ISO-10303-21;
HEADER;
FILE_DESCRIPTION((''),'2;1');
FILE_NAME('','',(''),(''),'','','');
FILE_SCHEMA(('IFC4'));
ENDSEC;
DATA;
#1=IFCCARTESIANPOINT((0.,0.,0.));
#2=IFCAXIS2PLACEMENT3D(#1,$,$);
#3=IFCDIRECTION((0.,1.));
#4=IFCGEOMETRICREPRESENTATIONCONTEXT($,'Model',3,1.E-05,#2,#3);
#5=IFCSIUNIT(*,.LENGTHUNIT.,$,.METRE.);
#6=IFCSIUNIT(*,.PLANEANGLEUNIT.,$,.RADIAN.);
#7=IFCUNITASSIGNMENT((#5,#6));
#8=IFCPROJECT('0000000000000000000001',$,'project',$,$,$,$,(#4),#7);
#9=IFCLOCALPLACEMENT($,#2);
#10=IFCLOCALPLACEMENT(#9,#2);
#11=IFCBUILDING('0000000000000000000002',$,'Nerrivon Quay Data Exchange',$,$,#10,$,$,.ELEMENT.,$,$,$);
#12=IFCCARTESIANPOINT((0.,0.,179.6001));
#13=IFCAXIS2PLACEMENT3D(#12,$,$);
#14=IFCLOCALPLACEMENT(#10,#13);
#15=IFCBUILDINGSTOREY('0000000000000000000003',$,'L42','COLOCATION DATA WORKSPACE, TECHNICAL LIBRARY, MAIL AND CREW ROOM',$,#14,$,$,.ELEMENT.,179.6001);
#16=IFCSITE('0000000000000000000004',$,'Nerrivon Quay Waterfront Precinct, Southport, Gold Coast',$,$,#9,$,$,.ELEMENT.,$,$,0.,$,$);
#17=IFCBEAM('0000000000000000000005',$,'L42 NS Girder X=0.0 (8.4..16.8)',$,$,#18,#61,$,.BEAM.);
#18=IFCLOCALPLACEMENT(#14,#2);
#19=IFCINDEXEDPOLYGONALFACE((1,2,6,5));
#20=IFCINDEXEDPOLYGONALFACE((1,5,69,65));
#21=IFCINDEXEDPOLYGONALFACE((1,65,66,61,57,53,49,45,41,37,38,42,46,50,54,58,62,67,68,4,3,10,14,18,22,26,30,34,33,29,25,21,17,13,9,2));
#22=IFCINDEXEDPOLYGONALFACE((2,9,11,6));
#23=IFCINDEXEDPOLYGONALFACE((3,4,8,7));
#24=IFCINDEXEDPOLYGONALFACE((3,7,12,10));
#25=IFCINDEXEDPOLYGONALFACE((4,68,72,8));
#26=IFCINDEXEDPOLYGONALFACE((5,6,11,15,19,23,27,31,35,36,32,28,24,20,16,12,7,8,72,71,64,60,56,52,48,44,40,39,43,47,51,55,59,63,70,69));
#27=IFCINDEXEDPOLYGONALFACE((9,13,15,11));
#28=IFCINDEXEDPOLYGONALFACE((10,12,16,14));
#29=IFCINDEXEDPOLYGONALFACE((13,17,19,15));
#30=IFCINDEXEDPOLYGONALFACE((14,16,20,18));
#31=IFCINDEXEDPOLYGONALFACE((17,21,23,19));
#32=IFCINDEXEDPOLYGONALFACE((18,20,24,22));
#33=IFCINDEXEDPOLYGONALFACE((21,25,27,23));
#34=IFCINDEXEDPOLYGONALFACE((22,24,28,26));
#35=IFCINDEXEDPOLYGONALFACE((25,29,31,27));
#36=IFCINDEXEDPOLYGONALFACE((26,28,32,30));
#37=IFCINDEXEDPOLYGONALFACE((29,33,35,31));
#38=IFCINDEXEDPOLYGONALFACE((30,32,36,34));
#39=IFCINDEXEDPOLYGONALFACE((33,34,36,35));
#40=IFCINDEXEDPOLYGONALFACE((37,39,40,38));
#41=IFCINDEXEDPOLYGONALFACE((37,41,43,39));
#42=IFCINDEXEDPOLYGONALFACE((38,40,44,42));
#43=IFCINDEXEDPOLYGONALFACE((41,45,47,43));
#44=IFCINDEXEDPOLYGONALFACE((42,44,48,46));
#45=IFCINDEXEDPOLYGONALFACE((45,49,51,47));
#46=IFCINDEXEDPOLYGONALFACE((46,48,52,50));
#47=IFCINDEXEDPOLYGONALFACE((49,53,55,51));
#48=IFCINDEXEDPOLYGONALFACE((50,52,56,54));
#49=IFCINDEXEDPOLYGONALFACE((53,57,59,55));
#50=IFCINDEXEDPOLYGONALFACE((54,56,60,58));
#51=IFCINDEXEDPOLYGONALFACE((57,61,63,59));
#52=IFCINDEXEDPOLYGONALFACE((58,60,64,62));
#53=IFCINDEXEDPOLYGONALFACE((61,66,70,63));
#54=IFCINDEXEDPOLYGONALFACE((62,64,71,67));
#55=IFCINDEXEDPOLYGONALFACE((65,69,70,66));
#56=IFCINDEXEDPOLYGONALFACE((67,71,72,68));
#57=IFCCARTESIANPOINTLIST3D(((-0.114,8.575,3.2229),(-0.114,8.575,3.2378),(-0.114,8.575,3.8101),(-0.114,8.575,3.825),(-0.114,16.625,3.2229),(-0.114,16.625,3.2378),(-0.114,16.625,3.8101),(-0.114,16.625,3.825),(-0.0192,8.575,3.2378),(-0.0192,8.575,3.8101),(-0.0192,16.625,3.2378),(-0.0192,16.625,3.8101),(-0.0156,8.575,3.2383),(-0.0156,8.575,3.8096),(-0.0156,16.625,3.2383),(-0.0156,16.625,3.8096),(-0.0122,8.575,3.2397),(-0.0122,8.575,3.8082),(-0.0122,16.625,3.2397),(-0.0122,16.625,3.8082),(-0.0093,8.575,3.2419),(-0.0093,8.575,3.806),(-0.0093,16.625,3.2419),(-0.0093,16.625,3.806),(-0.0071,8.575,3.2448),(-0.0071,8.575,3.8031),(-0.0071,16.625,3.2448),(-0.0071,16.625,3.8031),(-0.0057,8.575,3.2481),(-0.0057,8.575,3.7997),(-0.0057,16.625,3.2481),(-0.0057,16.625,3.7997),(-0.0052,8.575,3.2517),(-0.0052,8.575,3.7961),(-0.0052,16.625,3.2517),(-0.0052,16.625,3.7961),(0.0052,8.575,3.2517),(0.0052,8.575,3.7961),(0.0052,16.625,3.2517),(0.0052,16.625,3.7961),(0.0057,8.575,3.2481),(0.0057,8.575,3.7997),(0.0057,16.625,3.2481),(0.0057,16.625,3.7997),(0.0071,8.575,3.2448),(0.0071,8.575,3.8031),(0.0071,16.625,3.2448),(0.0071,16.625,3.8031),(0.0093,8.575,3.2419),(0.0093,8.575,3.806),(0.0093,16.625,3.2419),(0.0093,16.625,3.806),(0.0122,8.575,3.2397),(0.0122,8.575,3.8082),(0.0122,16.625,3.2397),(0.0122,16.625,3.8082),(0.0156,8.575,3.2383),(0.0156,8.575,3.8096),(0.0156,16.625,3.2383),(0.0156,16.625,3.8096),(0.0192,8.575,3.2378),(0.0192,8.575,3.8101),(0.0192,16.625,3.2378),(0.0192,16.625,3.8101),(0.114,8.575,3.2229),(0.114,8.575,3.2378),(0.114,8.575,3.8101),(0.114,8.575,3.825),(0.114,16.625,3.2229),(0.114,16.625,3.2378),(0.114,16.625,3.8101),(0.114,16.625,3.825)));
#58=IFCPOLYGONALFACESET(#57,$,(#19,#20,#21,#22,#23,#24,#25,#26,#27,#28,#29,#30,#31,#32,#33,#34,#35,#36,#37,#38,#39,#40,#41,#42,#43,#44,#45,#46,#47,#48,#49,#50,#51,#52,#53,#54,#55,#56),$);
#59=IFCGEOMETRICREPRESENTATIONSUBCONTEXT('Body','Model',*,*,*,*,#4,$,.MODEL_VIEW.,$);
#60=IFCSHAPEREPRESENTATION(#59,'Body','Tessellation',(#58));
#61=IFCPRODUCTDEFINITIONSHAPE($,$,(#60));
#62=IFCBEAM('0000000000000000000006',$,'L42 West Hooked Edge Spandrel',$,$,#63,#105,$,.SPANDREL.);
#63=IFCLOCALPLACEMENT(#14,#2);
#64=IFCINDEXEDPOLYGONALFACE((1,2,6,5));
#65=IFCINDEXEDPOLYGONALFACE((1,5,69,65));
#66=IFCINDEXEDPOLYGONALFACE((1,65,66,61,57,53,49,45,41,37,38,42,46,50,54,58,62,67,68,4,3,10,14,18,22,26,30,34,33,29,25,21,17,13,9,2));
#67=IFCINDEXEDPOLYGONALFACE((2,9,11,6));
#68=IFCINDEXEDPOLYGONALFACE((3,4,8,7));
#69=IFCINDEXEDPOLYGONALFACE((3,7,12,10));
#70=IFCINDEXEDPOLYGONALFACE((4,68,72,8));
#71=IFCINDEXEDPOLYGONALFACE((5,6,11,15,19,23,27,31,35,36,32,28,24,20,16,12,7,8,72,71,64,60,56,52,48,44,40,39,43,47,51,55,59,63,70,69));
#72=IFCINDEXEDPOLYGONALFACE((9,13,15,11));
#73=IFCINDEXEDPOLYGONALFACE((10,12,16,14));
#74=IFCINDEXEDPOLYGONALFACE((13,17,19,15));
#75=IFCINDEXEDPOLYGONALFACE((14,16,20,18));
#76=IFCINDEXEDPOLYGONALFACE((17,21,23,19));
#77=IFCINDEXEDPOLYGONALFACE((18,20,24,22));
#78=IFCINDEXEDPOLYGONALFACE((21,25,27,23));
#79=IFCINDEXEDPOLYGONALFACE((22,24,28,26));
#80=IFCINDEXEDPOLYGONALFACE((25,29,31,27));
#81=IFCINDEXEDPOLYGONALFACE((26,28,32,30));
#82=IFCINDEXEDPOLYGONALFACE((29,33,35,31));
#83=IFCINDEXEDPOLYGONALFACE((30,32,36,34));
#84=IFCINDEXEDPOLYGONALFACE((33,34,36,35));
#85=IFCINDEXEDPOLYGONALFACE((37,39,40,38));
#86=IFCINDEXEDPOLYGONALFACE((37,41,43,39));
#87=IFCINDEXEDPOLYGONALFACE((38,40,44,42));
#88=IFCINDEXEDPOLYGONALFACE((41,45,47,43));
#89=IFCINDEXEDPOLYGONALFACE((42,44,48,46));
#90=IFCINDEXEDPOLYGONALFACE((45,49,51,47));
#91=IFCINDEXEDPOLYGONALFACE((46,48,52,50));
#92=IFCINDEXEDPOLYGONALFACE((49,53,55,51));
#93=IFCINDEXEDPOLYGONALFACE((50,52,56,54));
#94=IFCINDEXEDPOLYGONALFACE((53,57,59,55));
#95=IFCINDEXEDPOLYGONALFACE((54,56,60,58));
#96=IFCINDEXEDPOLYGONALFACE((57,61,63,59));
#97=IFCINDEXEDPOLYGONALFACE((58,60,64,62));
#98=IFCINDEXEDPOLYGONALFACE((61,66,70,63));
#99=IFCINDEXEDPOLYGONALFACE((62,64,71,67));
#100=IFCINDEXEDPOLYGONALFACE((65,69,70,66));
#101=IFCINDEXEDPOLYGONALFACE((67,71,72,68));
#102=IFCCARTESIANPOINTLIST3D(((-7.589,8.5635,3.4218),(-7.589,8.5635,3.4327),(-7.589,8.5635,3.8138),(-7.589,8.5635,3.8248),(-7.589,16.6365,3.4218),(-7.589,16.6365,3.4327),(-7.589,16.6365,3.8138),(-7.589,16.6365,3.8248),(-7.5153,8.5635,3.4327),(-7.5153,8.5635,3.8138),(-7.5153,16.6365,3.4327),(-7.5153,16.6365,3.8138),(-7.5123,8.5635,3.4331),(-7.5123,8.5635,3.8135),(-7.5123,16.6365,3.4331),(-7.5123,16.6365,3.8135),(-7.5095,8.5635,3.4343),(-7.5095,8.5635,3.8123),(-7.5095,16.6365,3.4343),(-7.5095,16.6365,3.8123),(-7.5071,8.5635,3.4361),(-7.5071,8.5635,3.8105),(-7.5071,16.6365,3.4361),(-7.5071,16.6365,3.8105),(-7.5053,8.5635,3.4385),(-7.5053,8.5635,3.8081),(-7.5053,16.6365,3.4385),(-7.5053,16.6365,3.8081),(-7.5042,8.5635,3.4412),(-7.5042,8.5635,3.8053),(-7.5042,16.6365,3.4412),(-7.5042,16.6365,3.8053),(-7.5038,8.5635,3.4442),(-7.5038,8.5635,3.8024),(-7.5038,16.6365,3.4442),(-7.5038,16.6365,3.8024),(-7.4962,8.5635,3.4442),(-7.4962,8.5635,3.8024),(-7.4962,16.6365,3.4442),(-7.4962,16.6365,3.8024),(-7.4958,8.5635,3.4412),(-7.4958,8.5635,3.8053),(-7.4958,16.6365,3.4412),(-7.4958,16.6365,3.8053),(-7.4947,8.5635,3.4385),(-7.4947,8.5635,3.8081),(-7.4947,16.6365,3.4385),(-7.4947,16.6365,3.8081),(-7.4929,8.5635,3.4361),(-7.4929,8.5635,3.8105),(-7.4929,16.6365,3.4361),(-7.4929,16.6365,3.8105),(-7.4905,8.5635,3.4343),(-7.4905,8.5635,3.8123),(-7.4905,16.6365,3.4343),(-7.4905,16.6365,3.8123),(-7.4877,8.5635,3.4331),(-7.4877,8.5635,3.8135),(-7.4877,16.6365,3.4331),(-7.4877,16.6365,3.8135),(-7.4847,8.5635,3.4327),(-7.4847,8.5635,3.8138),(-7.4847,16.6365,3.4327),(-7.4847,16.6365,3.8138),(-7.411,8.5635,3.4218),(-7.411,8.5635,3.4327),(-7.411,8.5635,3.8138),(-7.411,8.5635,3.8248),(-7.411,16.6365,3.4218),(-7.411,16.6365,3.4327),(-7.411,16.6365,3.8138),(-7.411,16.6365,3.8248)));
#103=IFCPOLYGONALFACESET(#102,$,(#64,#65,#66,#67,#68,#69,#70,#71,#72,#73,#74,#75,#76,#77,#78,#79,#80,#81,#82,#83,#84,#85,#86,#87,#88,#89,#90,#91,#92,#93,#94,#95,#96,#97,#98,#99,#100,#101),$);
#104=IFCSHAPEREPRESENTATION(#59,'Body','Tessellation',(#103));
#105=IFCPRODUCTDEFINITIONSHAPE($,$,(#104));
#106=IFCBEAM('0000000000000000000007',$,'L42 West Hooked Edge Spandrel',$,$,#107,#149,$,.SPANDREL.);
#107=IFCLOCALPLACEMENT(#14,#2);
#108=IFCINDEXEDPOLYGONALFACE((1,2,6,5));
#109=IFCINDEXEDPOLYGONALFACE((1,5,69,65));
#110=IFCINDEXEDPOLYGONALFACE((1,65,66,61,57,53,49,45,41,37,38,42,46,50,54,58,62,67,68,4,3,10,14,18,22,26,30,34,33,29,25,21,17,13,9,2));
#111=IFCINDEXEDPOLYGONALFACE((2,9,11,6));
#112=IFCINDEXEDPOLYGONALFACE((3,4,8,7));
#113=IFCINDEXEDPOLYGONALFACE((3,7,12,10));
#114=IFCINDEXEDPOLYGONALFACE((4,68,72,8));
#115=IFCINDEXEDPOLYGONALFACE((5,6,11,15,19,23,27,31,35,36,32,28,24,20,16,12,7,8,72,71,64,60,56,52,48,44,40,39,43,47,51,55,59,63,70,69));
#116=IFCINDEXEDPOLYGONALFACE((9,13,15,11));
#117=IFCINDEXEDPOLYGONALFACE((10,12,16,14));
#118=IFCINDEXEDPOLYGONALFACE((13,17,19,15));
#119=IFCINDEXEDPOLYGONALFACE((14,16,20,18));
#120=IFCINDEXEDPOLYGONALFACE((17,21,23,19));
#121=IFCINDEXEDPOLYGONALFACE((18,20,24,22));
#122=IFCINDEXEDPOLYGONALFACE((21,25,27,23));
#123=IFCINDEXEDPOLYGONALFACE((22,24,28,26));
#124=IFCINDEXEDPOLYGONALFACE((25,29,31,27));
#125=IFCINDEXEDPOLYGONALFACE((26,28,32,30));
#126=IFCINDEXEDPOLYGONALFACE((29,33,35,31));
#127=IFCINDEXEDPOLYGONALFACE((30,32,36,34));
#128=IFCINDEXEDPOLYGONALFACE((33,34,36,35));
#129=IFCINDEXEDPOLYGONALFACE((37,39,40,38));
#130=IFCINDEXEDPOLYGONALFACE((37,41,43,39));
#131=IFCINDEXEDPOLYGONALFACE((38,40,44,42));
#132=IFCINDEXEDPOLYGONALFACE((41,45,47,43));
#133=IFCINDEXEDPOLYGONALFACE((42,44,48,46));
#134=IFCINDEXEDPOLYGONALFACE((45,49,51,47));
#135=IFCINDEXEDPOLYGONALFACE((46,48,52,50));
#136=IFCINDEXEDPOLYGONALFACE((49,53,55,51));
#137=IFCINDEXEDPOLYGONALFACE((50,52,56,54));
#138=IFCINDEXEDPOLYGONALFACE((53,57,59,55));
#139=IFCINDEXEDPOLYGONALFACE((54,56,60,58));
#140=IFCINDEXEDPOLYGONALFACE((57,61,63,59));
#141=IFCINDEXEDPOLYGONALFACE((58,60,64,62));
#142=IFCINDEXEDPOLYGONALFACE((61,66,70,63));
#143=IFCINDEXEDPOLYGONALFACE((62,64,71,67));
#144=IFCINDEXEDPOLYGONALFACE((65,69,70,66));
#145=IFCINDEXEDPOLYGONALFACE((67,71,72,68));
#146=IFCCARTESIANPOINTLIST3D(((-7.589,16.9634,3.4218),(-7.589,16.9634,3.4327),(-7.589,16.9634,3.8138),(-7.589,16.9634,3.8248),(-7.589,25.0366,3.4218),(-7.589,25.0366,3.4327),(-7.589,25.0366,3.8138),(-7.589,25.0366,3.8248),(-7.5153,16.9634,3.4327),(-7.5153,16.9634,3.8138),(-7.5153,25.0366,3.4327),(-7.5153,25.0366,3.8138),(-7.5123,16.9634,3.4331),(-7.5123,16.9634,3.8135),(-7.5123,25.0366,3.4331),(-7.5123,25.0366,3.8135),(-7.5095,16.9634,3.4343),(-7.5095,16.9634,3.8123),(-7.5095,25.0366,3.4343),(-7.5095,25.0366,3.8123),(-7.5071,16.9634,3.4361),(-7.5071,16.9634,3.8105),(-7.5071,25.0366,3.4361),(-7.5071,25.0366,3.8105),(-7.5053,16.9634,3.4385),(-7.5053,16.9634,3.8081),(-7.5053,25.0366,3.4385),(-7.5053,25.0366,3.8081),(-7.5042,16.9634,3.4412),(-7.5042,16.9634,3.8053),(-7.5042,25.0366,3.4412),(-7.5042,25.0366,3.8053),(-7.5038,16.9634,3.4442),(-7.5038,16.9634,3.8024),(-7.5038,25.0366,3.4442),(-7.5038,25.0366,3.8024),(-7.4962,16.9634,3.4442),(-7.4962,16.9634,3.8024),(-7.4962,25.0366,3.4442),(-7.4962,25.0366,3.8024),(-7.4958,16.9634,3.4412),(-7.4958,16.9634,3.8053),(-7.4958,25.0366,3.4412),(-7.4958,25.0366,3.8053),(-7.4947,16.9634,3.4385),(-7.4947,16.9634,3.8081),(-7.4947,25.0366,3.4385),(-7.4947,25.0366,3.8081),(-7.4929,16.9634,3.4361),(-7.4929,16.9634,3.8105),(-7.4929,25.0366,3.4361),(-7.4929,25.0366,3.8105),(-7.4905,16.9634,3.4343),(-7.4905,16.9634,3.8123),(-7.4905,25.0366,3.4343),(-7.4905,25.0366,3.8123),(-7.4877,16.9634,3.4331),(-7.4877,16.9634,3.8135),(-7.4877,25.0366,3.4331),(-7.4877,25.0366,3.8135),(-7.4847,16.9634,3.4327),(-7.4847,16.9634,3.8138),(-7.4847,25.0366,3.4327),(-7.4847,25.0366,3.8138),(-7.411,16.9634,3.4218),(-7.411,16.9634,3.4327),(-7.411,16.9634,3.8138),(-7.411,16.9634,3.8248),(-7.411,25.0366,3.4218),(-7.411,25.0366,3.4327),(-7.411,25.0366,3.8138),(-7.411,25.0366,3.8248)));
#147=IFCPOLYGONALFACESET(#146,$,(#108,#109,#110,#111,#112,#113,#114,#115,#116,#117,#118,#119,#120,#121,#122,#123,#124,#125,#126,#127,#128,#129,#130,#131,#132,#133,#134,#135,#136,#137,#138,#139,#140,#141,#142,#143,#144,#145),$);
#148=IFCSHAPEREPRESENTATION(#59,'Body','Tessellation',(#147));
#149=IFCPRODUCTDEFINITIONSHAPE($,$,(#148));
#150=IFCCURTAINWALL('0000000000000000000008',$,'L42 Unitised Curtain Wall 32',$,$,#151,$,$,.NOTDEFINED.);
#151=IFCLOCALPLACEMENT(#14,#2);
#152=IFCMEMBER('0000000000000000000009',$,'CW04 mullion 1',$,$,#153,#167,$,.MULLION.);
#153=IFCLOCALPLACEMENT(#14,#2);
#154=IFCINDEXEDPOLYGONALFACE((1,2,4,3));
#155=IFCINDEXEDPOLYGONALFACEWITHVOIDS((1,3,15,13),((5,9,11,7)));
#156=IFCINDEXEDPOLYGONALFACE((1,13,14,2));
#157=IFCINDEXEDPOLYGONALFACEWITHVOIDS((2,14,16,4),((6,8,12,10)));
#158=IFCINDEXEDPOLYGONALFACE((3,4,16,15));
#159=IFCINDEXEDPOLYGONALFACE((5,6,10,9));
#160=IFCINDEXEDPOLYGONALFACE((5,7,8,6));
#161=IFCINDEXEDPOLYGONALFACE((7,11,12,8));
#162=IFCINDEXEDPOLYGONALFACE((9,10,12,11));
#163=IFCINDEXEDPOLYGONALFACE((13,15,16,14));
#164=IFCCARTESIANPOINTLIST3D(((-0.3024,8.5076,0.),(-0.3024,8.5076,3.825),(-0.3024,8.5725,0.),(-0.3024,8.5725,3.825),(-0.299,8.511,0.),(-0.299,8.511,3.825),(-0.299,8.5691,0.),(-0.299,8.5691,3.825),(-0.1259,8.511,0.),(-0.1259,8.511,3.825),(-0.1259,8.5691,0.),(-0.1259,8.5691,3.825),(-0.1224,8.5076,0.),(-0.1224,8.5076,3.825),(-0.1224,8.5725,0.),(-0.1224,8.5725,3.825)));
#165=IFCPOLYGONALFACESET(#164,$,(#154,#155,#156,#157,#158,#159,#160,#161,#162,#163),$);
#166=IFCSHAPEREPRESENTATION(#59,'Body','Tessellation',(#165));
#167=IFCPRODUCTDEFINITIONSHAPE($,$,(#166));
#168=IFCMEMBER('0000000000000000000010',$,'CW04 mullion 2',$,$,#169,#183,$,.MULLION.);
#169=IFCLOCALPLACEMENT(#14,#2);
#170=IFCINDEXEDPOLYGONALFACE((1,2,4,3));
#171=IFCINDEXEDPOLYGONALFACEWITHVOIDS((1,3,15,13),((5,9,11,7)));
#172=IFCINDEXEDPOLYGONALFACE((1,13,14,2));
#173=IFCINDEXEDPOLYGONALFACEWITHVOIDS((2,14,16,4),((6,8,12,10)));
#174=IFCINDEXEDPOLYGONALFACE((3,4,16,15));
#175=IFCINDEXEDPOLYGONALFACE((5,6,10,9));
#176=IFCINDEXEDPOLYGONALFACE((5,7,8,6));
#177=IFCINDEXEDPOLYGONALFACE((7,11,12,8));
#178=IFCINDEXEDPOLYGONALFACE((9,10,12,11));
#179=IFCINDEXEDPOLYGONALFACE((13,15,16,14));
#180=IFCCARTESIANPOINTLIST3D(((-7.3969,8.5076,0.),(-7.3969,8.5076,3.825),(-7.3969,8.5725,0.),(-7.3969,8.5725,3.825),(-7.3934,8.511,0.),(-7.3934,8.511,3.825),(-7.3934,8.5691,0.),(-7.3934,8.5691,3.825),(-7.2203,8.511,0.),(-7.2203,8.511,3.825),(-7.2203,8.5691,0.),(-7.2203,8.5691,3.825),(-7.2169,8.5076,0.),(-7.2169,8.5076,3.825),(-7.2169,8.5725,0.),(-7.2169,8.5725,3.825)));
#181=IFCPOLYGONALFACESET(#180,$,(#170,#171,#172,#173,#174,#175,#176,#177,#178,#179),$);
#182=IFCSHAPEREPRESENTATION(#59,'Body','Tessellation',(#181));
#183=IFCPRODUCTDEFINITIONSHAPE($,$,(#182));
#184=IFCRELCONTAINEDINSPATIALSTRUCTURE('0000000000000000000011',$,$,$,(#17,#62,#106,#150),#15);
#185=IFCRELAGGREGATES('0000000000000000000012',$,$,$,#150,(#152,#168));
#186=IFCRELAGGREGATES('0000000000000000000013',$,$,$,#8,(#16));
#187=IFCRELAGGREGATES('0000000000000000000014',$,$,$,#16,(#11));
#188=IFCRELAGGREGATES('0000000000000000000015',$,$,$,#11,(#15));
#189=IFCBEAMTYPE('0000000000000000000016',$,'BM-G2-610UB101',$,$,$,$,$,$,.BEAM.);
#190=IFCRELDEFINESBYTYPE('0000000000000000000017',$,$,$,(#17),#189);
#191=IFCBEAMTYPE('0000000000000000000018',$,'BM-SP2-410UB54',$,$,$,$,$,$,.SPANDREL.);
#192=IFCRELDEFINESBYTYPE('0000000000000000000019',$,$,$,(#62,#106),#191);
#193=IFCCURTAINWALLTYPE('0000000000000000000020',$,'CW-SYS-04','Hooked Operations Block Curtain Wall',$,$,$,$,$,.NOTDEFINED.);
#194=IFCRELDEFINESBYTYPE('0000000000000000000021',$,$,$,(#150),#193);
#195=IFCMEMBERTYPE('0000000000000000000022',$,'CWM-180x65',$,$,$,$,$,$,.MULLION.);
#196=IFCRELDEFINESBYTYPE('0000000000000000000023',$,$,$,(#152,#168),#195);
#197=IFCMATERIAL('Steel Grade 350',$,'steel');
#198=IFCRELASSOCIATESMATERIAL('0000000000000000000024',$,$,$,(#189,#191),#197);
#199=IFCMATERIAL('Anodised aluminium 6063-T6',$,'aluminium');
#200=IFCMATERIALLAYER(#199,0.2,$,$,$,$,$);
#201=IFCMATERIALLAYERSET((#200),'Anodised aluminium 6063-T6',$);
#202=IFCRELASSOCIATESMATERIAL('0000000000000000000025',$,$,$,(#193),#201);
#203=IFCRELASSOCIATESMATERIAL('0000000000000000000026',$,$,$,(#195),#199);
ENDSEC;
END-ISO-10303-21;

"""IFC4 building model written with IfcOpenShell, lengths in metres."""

from ifc_helpers import new_model, si_unit, direction, frame, origin, origin_2d, place, context, subcontext, project, spatial, hollow_rectangle, i_section, extrude, material, layer, layer_set, material_profile, profile_set, type_object, element, aggregate, save


model = new_model("IFC4")

# Units and contexts
model_context = context("Model", 3, precision=1e-05, world=origin(), true_north=direction((0.0, 1.0)))
body_context = subcontext(model_context, "Body", "Model", "MODEL_VIEW")
ifc_project = project(units=[si_unit("LENGTHUNIT", "METRE"), si_unit("PLANEANGLEUNIT", "RADIAN")], contexts=[model_context])

# Site, building, storey
site_placement = place(None, origin())
site = spatial("IfcSite", under=ifc_project, at=site_placement, Name="Nerrivon Quay Waterfront Precinct, Southport, Gold Coast", CompositionType="ELEMENT", RefElevation=0.0)
building_placement = place(site_placement, origin())
building = spatial("IfcBuilding", under=site, at=building_placement, Name="Nerrivon Quay Data Exchange", CompositionType="ELEMENT")
storey_placement = place(building_placement, frame((0.0, 0.0, 179.6001)))
storey = spatial("IfcBuildingStorey", under=building, at=storey_placement, Name="L42", Description="COLOCATION DATA WORKSPACE, TECHNICAL LIBRARY, MAIL AND CREW ROOM", CompositionType="ELEMENT", Elevation=179.6001)

# Shared definitions
ifc_material_1 = material(Name="Steel Grade 350", Category="steel")

# Beams
ifc_material_profile_1 = material_profile(ifc_material_1, i_section(OverallWidth=0.228, OverallDepth=0.6021, WebThickness=0.0105, FlangeThickness=0.0149, FilletRadius=0.0139, at=origin_2d()), Name="610UB101")
ifc_profile_set_1 = profile_set([ifc_material_profile_1], Name="Steel Grade 350")
beam_type_1 = type_object("IfcBeamType", Name="BM-G2-610UB101", PredefinedType="BEAM", material=ifc_profile_set_1)
beam_1_placement = place(storey_placement, frame((0.0, 8.575, 3.5239), z_axis=(0.0, 1.0, 0.0), x_axis=(-1.0, 0.0, 0.0)))
element("IfcBeam", 1, at=beam_1_placement, inside=storey, type_object=beam_type_1, Name="L42 NS Girder X=0.0 (8.4..16.8)", PredefinedType="BEAM", context=body_context, shape_type="SweptSolid", body=[
    extrude(i_section(OverallWidth=0.228, OverallDepth=0.6021, WebThickness=0.0105, FlangeThickness=0.0149, FilletRadius=0.0139, at=origin_2d()), origin(), (0.0, 0.0, 1.0), 8.05),
])
ifc_material_profile_2 = material_profile(ifc_material_1, i_section(OverallWidth=0.178, OverallDepth=0.4031, WebThickness=0.0076, FlangeThickness=0.011, FilletRadius=0.0115, at=origin_2d()), Name="410UB53.7")
ifc_profile_set_2 = profile_set([ifc_material_profile_2], Name="Steel Grade 350")
beam_type_2 = type_object("IfcBeamType", Name="BM-SP2-410UB54", PredefinedType="SPANDREL", material=ifc_profile_set_2)
beam_2_placement = place(storey_placement, frame((-7.5, 8.5635, 3.6233), z_axis=(0.0, 1.0, 0.0), x_axis=(-1.0, 0.0, 0.0)))
element("IfcBeam", 2, at=beam_2_placement, inside=storey, type_object=beam_type_2, Name="L42 West Hooked Edge Spandrel", PredefinedType="SPANDREL", context=body_context, shape_type="SweptSolid", body=[
    extrude(i_section(OverallWidth=0.178, OverallDepth=0.4031, WebThickness=0.0076, FlangeThickness=0.011, FilletRadius=0.0115, at=origin_2d()), origin(), (0.0, 0.0, 1.0), 8.073),
])
beam_3_placement = place(storey_placement, frame((-7.5, 16.9634, 3.6233), z_axis=(0.0, 1.0, 0.0), x_axis=(-1.0, 0.0, 0.0)))
element("IfcBeam", 3, at=beam_3_placement, inside=storey, type_object=beam_type_2, Name="L42 West Hooked Edge Spandrel", PredefinedType="SPANDREL", context=body_context, shape_type="SweptSolid", body=[
    extrude(i_section(OverallWidth=0.178, OverallDepth=0.4031, WebThickness=0.0076, FlangeThickness=0.011, FilletRadius=0.0115, at=origin_2d()), origin(), (0.0, 0.0, 1.0), 8.0732),
])

# Curtain wall, members
ifc_material_2 = material(Name="Anodised aluminium 6063-T6", Category="aluminium")
ifc_layer_1 = layer(ifc_material_2, 0.2)
ifc_layer_set_1 = layer_set([ifc_layer_1], Name="Anodised aluminium 6063-T6")
curtain_wall_type = type_object("IfcCurtainWallType", Name="CW-SYS-04", Description="Hooked Operations Block Curtain Wall", PredefinedType="NOTDEFINED", material=ifc_layer_set_1)
curtain_wall_placement = place(storey_placement, origin())
curtain_wall = element("IfcCurtainWall", 4, at=curtain_wall_placement, inside=storey, type_object=curtain_wall_type, Name="L42 Unitised Curtain Wall 32", PredefinedType="NOTDEFINED")
ifc_material_profile_3 = material_profile(ifc_material_2, hollow_rectangle(XDim=0.0649, YDim=0.1799, WallThickness=0.0034, at=origin_2d()), Name="ALU-MULL-180x65")
ifc_profile_set_3 = profile_set([ifc_material_profile_3], Name="Anodised aluminium 6063-T6")
member_type_1 = type_object("IfcMemberType", Name="CWM-180x65", PredefinedType="MULLION", material=ifc_profile_set_3)
member_1_placement = place(storey_placement, frame((-0.2124, 8.54, 0.0), z_axis=(0.0, 0.0, 1.0), x_axis=(0.0, -1.0, 0.0)))
member_1 = element("IfcMember", 5, at=member_1_placement, type_object=member_type_1, Name="CW04 mullion 1", PredefinedType="MULLION", context=body_context, shape_type="SweptSolid", body=[
    extrude(hollow_rectangle(XDim=0.0649, YDim=0.1799, WallThickness=0.0034, at=origin_2d()), origin(), (0.0, 0.0, 1.0), 3.825),
])
member_2_placement = place(storey_placement, frame((-7.3069, 8.54, 0.0), z_axis=(0.0, 0.0, 1.0), x_axis=(0.0, -1.0, 0.0)))
member_2 = element("IfcMember", 6, at=member_2_placement, type_object=member_type_1, Name="CW04 mullion 2", PredefinedType="MULLION", context=body_context, shape_type="SweptSolid", body=[
    extrude(hollow_rectangle(XDim=0.0649, YDim=0.1799, WallThickness=0.0034, at=origin_2d()), origin(), (0.0, 0.0, 1.0), 3.825),
])
aggregate(curtain_wall, [member_1, member_2])

save(model, "model.ifc")
